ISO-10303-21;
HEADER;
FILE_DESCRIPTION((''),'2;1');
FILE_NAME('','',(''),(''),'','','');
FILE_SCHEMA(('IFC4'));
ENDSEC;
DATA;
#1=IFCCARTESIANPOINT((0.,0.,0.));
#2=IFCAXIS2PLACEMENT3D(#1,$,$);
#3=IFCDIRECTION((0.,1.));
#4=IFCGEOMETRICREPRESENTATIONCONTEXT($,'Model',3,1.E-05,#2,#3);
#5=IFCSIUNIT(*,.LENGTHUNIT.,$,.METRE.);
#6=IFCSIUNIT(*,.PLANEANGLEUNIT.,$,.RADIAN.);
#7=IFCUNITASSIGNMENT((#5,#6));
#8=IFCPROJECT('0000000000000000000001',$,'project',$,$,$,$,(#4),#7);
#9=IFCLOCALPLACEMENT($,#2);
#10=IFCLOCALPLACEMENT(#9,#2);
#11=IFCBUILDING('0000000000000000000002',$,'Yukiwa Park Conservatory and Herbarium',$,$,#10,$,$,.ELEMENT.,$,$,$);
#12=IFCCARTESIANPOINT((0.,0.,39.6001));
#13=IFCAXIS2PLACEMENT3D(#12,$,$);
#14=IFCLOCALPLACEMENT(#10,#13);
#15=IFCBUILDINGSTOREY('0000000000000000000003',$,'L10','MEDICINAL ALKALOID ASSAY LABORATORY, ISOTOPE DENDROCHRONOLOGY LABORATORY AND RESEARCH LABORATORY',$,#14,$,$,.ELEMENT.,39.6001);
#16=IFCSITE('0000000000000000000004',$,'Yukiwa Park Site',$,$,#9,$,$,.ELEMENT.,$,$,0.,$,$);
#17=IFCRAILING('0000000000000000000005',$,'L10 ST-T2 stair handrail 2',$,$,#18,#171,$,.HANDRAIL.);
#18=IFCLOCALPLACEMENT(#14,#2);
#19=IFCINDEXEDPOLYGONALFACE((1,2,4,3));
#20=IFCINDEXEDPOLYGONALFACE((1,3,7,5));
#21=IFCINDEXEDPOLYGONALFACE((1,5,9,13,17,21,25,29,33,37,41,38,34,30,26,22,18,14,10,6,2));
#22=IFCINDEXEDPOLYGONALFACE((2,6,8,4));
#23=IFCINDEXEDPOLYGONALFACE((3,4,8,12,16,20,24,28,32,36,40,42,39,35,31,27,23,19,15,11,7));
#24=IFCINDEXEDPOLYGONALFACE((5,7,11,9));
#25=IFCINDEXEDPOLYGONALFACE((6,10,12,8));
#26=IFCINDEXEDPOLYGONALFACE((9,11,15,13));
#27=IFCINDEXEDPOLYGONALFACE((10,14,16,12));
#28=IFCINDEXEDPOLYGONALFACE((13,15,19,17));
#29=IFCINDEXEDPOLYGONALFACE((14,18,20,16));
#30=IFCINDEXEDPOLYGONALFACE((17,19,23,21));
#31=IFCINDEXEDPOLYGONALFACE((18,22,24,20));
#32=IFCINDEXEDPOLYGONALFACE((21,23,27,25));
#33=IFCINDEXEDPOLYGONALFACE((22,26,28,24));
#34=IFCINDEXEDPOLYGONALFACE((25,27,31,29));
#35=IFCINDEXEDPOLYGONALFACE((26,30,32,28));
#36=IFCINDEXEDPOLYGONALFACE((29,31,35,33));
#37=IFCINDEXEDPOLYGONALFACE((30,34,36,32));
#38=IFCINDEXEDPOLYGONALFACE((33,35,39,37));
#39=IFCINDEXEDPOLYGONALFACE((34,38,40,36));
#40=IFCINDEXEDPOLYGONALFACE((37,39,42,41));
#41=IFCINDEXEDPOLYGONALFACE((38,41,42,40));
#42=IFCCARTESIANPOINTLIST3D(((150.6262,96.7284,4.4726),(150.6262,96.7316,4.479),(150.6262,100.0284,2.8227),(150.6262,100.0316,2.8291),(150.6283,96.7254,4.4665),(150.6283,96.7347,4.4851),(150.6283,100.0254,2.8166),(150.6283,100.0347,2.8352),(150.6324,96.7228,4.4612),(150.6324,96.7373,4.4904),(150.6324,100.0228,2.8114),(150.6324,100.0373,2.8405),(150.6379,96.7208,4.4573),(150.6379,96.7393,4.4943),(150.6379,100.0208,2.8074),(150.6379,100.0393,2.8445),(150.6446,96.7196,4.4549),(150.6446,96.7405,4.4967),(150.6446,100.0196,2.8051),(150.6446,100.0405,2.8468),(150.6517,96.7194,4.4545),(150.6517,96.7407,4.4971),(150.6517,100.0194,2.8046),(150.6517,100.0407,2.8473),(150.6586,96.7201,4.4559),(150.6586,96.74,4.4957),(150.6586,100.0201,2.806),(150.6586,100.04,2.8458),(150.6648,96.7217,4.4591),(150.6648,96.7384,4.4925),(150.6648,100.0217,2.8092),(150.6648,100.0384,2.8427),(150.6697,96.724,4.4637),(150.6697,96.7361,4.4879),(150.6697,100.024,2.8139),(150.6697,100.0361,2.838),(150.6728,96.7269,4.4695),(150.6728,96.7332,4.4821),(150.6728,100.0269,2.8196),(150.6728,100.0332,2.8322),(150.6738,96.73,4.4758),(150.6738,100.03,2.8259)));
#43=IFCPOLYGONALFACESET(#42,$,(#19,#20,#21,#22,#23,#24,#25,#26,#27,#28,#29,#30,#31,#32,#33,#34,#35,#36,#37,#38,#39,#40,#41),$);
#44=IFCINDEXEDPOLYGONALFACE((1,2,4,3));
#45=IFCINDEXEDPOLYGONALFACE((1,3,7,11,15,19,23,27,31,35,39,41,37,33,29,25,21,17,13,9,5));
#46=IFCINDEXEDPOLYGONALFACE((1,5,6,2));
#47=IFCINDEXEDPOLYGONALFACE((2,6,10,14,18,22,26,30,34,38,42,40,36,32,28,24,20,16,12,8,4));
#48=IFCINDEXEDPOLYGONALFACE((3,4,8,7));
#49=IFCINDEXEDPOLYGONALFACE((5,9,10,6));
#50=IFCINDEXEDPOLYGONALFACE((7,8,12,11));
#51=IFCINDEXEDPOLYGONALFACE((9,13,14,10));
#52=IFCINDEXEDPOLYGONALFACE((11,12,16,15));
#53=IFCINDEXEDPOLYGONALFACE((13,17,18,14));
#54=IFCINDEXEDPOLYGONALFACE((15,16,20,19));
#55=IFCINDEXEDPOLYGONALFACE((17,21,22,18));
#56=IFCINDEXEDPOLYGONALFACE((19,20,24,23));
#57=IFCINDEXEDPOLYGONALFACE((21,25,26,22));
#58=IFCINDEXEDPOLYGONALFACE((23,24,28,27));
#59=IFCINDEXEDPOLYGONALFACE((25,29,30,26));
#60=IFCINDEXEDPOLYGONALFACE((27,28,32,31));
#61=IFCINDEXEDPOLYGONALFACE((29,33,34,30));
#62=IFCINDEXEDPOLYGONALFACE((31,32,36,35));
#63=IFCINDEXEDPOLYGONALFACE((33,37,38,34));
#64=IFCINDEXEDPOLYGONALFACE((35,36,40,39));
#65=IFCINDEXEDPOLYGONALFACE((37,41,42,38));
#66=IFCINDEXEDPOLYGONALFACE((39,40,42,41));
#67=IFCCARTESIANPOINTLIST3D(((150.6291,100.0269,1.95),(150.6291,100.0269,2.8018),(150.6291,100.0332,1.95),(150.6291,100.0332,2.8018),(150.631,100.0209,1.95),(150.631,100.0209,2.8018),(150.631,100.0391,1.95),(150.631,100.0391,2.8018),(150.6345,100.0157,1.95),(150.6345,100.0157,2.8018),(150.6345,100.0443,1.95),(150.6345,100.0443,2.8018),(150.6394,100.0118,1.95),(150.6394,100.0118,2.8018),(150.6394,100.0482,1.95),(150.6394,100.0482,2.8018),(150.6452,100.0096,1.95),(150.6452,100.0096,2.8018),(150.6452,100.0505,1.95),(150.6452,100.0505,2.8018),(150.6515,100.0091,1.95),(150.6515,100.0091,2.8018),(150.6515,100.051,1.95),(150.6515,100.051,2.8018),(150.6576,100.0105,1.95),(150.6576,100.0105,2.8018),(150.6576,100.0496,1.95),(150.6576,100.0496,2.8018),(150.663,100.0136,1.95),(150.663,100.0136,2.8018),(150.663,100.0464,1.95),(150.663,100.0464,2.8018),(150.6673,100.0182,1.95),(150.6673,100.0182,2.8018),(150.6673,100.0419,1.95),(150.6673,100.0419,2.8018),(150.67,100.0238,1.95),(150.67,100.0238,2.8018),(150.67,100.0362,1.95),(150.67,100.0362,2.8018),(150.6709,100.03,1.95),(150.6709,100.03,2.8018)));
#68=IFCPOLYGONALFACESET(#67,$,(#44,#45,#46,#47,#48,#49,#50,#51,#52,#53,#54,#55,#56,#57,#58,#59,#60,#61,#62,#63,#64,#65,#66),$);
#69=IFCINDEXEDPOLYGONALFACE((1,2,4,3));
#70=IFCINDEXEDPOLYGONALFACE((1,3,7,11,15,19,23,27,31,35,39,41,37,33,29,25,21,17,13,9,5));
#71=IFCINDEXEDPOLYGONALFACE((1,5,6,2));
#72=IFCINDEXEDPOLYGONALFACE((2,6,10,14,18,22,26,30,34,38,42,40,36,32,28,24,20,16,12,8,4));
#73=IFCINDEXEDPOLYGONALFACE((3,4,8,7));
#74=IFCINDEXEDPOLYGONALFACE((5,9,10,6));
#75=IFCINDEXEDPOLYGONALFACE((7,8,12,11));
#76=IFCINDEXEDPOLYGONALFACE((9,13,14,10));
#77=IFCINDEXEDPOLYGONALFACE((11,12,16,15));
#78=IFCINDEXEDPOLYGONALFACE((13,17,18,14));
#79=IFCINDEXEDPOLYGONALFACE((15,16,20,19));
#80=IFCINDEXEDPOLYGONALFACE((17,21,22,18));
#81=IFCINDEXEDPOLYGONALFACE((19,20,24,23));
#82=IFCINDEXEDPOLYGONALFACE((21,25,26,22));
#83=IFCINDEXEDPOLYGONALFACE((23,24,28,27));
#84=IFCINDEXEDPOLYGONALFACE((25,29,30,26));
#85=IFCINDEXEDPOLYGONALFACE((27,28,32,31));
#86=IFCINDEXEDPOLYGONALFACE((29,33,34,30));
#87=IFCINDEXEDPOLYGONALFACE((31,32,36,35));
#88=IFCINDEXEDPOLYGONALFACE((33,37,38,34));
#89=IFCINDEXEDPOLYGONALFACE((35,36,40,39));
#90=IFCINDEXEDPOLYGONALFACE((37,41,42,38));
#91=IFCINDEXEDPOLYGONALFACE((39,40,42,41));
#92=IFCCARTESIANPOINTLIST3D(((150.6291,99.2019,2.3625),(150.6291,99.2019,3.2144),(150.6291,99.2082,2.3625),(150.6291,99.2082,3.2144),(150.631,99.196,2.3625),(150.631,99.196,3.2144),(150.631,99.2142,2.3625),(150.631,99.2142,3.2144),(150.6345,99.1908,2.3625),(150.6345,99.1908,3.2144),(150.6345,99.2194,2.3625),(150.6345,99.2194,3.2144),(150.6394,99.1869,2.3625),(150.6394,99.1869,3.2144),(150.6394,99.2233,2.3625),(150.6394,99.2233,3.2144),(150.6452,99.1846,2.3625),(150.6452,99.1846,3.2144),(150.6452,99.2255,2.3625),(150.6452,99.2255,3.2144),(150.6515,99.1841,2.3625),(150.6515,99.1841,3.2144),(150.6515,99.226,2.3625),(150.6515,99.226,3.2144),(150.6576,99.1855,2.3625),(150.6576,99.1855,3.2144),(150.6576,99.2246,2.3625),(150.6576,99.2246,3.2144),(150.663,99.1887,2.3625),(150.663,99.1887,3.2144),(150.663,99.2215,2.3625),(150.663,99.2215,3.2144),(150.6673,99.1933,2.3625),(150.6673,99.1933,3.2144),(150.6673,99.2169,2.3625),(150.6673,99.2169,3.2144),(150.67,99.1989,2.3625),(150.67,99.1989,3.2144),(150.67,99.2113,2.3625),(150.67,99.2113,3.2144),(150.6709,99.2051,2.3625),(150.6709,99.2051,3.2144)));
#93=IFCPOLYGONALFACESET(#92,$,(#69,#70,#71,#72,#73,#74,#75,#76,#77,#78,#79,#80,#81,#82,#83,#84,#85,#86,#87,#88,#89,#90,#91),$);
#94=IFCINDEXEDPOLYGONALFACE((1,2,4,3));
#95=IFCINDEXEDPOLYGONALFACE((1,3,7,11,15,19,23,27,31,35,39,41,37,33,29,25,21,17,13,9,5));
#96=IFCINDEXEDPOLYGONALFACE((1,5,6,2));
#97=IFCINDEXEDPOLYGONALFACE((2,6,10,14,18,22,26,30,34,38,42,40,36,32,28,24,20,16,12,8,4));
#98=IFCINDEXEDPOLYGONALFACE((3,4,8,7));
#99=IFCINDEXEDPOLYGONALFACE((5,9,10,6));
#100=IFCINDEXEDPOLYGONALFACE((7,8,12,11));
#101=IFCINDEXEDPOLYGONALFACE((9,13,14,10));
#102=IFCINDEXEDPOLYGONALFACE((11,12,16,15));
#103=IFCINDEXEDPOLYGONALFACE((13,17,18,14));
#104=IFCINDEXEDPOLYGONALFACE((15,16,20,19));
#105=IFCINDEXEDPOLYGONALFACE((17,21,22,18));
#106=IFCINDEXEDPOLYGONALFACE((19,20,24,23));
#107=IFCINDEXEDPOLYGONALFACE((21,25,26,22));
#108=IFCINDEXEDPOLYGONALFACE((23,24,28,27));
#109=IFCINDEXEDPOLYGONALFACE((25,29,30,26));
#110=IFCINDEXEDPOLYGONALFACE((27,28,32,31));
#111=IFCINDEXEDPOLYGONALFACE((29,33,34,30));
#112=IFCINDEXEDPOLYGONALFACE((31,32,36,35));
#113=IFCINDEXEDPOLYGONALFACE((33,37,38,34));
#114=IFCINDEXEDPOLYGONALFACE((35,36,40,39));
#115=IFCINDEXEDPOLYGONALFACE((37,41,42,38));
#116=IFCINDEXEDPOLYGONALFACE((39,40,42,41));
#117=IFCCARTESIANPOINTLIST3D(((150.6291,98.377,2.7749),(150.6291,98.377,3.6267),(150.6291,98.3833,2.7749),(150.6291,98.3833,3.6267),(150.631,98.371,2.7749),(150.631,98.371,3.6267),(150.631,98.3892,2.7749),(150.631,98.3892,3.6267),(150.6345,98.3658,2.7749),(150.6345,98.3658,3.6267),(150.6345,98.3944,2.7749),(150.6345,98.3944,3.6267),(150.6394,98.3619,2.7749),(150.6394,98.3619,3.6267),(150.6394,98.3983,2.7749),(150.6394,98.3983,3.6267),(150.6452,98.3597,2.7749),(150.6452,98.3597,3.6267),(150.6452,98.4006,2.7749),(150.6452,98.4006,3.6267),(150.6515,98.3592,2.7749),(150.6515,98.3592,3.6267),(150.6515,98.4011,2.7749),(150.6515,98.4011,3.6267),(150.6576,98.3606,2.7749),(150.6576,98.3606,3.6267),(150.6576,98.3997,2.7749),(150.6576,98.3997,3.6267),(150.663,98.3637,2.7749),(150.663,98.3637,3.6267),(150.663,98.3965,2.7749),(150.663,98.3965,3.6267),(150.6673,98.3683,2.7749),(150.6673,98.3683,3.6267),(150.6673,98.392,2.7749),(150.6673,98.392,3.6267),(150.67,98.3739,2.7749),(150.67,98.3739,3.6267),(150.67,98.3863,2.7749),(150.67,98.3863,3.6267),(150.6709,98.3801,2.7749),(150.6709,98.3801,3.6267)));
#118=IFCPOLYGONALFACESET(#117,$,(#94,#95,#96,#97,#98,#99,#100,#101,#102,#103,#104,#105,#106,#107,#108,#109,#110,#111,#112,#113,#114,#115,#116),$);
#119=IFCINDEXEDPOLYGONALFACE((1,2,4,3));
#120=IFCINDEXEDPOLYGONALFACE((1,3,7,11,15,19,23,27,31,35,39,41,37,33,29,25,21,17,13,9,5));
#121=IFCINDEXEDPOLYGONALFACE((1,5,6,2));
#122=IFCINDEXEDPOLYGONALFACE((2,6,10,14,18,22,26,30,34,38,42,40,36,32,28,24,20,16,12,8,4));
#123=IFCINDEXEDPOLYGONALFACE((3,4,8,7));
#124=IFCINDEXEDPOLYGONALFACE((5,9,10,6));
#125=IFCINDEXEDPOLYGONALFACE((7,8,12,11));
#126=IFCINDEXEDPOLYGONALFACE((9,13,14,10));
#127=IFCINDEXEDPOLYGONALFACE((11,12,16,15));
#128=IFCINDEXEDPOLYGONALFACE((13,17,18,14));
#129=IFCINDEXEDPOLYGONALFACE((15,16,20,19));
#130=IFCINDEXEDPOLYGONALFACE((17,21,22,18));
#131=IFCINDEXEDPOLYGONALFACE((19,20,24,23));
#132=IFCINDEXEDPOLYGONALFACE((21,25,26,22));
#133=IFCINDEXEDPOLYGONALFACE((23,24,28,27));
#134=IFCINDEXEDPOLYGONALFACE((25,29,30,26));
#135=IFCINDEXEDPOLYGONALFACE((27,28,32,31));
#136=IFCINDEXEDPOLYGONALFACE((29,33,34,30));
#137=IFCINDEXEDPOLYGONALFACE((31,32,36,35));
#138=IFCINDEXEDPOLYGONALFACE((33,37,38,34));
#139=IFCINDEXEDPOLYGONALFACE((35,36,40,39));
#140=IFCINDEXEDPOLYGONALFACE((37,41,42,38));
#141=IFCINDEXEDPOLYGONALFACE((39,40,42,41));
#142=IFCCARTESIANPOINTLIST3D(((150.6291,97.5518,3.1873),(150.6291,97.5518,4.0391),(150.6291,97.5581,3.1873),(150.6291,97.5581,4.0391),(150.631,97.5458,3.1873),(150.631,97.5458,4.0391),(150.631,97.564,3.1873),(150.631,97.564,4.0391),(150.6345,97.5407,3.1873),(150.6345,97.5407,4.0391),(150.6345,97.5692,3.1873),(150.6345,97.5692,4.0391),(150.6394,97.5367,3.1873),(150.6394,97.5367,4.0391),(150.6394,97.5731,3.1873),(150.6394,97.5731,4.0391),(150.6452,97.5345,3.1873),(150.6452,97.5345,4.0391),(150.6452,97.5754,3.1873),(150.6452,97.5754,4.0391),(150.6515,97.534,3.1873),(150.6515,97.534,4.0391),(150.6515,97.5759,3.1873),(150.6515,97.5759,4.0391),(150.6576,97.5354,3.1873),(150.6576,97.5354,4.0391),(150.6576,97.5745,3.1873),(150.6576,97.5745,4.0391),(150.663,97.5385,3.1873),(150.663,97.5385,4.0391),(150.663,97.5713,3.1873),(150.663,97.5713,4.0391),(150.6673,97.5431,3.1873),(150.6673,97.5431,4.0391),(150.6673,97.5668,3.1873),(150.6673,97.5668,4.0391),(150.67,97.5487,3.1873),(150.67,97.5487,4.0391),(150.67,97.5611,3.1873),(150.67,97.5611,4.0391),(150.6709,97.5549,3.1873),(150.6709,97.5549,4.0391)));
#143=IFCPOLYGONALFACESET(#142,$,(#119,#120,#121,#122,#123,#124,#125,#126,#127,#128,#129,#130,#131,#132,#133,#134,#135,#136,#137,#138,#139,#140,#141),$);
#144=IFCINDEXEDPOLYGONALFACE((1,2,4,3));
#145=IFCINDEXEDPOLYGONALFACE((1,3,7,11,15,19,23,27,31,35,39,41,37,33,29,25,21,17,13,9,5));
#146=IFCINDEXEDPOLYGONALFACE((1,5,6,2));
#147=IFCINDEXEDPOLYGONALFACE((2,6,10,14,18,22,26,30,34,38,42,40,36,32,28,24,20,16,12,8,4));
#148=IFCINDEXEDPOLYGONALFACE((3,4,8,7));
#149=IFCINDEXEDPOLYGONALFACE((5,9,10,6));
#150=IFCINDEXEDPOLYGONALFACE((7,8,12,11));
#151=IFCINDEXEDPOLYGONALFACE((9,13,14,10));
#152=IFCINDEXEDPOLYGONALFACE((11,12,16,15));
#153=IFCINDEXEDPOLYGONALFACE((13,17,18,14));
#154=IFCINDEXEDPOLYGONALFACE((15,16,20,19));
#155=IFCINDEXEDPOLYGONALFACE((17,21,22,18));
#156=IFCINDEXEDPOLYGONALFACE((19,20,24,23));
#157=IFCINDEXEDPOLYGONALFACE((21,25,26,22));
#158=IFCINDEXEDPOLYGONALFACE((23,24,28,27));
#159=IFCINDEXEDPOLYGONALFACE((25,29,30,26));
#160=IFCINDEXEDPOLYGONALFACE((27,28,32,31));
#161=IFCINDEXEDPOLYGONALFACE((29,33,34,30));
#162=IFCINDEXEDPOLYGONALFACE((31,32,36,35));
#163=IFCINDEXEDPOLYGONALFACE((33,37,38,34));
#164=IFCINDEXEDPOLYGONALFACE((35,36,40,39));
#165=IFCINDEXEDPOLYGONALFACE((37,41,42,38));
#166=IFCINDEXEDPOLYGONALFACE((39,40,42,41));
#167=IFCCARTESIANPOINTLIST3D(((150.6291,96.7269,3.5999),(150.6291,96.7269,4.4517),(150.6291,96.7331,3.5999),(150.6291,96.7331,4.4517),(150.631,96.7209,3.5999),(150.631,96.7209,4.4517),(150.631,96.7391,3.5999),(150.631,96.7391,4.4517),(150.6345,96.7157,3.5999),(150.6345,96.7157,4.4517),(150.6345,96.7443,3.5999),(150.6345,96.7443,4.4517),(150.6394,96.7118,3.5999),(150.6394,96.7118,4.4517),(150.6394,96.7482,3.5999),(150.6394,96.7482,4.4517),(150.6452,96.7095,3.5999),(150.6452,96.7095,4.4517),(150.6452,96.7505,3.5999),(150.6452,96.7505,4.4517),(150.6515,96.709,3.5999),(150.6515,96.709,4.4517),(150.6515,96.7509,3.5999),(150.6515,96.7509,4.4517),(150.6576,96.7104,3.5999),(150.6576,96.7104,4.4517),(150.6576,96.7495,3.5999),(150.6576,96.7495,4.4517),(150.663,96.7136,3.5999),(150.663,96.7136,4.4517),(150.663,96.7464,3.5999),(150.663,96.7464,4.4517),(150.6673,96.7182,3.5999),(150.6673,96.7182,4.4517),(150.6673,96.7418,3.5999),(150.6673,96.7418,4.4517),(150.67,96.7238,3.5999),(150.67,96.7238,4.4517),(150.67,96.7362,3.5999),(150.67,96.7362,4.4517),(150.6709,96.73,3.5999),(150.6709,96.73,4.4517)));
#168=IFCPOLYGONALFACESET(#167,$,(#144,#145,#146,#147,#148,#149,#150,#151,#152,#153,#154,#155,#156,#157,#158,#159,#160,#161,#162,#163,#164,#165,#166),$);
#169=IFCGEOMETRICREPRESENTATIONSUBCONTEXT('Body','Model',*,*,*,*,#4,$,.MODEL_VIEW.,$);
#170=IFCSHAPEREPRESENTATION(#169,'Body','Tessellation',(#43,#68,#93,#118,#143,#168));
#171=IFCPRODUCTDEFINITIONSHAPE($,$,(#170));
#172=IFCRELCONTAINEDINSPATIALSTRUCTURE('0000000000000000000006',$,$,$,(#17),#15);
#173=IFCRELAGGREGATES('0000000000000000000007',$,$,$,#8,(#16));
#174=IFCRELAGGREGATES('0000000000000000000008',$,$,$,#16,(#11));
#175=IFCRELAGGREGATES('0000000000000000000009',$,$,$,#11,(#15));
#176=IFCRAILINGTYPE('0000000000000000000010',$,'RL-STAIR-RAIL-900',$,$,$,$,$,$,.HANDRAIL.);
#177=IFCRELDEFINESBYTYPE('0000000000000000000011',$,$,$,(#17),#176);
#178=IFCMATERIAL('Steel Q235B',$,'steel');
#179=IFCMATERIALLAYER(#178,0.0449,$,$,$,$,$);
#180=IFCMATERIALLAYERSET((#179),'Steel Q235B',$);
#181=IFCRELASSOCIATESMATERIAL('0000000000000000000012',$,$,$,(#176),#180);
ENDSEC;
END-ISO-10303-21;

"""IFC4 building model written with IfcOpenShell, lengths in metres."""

from ifc_helpers import new_model, si_unit, direction, frame, origin, origin_2d, place, context, subcontext, project, spatial, circle, extrude, material, layer, layer_set, type_object, element, save


model = new_model("IFC4")

# Units and contexts
model_context = context("Model", 3, precision=1e-05, world=origin(), true_north=direction((0.0, 1.0)))
body_context = subcontext(model_context, "Body", "Model", "MODEL_VIEW")
ifc_project = project(units=[si_unit("LENGTHUNIT", "METRE"), si_unit("PLANEANGLEUNIT", "RADIAN")], contexts=[model_context])

# Site, building, storey
site_placement = place(None, origin())
site = spatial("IfcSite", under=ifc_project, at=site_placement, Name="Yukiwa Park Site", CompositionType="ELEMENT", RefElevation=0.0)
building_placement = place(site_placement, origin())
building = spatial("IfcBuilding", under=site, at=building_placement, Name="Yukiwa Park Conservatory and Herbarium", CompositionType="ELEMENT")
storey_placement = place(building_placement, frame((0.0, 0.0, 39.6001)))
storey = spatial("IfcBuildingStorey", under=building, at=storey_placement, Name="L10", Description="MEDICINAL ALKALOID ASSAY LABORATORY, ISOTOPE DENDROCHRONOLOGY LABORATORY AND RESEARCH LABORATORY", CompositionType="ELEMENT", Elevation=39.6001)

# Railing
ifc_material_1 = material(Name="Steel Q235B", Category="steel")
ifc_layer_1 = layer(ifc_material_1, 0.0449)
ifc_layer_set_1 = layer_set([ifc_layer_1], Name="Steel Q235B")
railing_type_1 = type_object("IfcRailingType", Name="RL-STAIR-RAIL-900", PredefinedType="HANDRAIL", material=ifc_layer_set_1)
railing_1_placement = place(storey_placement, frame((150.6499, 100.03, 1.95)))
element("IfcRailing", 1, at=railing_1_placement, inside=storey, type_object=railing_type_1, Name="L10 ST-T2 stair handrail 2", PredefinedType="HANDRAIL", context=body_context, shape_type="SweptSolid", body=[
    extrude(circle(Radius=0.0239, at=origin_2d()), frame((0.0, 0.0, 0.876), z_axis=(0.0, -0.89444, 0.447187), x_axis=(1.0, 0.0, 0.0)), (0.0, 0.0, 1.0), 3.6895),
    extrude(circle(Radius=0.021, at=origin_2d()), origin(), (0.0, 0.0, 1.0), 0.8518),
    extrude(circle(Radius=0.021, at=origin_2d()), frame((0.0, -0.825, 0.4126)), (0.0, 0.0, 1.0), 0.8518),
    extrude(circle(Radius=0.021, at=origin_2d()), frame((0.0, -1.6499, 0.825)), (0.0, 0.0, 1.0), 0.8518),
    extrude(circle(Radius=0.021, at=origin_2d()), frame((0.0, -2.4751, 1.2373)), (0.0, 0.0, 1.0), 0.8518),
    extrude(circle(Radius=0.021, at=origin_2d()), frame((0.0, -3.3, 1.6499)), (0.0, 0.0, 1.0), 0.8518),
])

save(model, "model.ifc")
